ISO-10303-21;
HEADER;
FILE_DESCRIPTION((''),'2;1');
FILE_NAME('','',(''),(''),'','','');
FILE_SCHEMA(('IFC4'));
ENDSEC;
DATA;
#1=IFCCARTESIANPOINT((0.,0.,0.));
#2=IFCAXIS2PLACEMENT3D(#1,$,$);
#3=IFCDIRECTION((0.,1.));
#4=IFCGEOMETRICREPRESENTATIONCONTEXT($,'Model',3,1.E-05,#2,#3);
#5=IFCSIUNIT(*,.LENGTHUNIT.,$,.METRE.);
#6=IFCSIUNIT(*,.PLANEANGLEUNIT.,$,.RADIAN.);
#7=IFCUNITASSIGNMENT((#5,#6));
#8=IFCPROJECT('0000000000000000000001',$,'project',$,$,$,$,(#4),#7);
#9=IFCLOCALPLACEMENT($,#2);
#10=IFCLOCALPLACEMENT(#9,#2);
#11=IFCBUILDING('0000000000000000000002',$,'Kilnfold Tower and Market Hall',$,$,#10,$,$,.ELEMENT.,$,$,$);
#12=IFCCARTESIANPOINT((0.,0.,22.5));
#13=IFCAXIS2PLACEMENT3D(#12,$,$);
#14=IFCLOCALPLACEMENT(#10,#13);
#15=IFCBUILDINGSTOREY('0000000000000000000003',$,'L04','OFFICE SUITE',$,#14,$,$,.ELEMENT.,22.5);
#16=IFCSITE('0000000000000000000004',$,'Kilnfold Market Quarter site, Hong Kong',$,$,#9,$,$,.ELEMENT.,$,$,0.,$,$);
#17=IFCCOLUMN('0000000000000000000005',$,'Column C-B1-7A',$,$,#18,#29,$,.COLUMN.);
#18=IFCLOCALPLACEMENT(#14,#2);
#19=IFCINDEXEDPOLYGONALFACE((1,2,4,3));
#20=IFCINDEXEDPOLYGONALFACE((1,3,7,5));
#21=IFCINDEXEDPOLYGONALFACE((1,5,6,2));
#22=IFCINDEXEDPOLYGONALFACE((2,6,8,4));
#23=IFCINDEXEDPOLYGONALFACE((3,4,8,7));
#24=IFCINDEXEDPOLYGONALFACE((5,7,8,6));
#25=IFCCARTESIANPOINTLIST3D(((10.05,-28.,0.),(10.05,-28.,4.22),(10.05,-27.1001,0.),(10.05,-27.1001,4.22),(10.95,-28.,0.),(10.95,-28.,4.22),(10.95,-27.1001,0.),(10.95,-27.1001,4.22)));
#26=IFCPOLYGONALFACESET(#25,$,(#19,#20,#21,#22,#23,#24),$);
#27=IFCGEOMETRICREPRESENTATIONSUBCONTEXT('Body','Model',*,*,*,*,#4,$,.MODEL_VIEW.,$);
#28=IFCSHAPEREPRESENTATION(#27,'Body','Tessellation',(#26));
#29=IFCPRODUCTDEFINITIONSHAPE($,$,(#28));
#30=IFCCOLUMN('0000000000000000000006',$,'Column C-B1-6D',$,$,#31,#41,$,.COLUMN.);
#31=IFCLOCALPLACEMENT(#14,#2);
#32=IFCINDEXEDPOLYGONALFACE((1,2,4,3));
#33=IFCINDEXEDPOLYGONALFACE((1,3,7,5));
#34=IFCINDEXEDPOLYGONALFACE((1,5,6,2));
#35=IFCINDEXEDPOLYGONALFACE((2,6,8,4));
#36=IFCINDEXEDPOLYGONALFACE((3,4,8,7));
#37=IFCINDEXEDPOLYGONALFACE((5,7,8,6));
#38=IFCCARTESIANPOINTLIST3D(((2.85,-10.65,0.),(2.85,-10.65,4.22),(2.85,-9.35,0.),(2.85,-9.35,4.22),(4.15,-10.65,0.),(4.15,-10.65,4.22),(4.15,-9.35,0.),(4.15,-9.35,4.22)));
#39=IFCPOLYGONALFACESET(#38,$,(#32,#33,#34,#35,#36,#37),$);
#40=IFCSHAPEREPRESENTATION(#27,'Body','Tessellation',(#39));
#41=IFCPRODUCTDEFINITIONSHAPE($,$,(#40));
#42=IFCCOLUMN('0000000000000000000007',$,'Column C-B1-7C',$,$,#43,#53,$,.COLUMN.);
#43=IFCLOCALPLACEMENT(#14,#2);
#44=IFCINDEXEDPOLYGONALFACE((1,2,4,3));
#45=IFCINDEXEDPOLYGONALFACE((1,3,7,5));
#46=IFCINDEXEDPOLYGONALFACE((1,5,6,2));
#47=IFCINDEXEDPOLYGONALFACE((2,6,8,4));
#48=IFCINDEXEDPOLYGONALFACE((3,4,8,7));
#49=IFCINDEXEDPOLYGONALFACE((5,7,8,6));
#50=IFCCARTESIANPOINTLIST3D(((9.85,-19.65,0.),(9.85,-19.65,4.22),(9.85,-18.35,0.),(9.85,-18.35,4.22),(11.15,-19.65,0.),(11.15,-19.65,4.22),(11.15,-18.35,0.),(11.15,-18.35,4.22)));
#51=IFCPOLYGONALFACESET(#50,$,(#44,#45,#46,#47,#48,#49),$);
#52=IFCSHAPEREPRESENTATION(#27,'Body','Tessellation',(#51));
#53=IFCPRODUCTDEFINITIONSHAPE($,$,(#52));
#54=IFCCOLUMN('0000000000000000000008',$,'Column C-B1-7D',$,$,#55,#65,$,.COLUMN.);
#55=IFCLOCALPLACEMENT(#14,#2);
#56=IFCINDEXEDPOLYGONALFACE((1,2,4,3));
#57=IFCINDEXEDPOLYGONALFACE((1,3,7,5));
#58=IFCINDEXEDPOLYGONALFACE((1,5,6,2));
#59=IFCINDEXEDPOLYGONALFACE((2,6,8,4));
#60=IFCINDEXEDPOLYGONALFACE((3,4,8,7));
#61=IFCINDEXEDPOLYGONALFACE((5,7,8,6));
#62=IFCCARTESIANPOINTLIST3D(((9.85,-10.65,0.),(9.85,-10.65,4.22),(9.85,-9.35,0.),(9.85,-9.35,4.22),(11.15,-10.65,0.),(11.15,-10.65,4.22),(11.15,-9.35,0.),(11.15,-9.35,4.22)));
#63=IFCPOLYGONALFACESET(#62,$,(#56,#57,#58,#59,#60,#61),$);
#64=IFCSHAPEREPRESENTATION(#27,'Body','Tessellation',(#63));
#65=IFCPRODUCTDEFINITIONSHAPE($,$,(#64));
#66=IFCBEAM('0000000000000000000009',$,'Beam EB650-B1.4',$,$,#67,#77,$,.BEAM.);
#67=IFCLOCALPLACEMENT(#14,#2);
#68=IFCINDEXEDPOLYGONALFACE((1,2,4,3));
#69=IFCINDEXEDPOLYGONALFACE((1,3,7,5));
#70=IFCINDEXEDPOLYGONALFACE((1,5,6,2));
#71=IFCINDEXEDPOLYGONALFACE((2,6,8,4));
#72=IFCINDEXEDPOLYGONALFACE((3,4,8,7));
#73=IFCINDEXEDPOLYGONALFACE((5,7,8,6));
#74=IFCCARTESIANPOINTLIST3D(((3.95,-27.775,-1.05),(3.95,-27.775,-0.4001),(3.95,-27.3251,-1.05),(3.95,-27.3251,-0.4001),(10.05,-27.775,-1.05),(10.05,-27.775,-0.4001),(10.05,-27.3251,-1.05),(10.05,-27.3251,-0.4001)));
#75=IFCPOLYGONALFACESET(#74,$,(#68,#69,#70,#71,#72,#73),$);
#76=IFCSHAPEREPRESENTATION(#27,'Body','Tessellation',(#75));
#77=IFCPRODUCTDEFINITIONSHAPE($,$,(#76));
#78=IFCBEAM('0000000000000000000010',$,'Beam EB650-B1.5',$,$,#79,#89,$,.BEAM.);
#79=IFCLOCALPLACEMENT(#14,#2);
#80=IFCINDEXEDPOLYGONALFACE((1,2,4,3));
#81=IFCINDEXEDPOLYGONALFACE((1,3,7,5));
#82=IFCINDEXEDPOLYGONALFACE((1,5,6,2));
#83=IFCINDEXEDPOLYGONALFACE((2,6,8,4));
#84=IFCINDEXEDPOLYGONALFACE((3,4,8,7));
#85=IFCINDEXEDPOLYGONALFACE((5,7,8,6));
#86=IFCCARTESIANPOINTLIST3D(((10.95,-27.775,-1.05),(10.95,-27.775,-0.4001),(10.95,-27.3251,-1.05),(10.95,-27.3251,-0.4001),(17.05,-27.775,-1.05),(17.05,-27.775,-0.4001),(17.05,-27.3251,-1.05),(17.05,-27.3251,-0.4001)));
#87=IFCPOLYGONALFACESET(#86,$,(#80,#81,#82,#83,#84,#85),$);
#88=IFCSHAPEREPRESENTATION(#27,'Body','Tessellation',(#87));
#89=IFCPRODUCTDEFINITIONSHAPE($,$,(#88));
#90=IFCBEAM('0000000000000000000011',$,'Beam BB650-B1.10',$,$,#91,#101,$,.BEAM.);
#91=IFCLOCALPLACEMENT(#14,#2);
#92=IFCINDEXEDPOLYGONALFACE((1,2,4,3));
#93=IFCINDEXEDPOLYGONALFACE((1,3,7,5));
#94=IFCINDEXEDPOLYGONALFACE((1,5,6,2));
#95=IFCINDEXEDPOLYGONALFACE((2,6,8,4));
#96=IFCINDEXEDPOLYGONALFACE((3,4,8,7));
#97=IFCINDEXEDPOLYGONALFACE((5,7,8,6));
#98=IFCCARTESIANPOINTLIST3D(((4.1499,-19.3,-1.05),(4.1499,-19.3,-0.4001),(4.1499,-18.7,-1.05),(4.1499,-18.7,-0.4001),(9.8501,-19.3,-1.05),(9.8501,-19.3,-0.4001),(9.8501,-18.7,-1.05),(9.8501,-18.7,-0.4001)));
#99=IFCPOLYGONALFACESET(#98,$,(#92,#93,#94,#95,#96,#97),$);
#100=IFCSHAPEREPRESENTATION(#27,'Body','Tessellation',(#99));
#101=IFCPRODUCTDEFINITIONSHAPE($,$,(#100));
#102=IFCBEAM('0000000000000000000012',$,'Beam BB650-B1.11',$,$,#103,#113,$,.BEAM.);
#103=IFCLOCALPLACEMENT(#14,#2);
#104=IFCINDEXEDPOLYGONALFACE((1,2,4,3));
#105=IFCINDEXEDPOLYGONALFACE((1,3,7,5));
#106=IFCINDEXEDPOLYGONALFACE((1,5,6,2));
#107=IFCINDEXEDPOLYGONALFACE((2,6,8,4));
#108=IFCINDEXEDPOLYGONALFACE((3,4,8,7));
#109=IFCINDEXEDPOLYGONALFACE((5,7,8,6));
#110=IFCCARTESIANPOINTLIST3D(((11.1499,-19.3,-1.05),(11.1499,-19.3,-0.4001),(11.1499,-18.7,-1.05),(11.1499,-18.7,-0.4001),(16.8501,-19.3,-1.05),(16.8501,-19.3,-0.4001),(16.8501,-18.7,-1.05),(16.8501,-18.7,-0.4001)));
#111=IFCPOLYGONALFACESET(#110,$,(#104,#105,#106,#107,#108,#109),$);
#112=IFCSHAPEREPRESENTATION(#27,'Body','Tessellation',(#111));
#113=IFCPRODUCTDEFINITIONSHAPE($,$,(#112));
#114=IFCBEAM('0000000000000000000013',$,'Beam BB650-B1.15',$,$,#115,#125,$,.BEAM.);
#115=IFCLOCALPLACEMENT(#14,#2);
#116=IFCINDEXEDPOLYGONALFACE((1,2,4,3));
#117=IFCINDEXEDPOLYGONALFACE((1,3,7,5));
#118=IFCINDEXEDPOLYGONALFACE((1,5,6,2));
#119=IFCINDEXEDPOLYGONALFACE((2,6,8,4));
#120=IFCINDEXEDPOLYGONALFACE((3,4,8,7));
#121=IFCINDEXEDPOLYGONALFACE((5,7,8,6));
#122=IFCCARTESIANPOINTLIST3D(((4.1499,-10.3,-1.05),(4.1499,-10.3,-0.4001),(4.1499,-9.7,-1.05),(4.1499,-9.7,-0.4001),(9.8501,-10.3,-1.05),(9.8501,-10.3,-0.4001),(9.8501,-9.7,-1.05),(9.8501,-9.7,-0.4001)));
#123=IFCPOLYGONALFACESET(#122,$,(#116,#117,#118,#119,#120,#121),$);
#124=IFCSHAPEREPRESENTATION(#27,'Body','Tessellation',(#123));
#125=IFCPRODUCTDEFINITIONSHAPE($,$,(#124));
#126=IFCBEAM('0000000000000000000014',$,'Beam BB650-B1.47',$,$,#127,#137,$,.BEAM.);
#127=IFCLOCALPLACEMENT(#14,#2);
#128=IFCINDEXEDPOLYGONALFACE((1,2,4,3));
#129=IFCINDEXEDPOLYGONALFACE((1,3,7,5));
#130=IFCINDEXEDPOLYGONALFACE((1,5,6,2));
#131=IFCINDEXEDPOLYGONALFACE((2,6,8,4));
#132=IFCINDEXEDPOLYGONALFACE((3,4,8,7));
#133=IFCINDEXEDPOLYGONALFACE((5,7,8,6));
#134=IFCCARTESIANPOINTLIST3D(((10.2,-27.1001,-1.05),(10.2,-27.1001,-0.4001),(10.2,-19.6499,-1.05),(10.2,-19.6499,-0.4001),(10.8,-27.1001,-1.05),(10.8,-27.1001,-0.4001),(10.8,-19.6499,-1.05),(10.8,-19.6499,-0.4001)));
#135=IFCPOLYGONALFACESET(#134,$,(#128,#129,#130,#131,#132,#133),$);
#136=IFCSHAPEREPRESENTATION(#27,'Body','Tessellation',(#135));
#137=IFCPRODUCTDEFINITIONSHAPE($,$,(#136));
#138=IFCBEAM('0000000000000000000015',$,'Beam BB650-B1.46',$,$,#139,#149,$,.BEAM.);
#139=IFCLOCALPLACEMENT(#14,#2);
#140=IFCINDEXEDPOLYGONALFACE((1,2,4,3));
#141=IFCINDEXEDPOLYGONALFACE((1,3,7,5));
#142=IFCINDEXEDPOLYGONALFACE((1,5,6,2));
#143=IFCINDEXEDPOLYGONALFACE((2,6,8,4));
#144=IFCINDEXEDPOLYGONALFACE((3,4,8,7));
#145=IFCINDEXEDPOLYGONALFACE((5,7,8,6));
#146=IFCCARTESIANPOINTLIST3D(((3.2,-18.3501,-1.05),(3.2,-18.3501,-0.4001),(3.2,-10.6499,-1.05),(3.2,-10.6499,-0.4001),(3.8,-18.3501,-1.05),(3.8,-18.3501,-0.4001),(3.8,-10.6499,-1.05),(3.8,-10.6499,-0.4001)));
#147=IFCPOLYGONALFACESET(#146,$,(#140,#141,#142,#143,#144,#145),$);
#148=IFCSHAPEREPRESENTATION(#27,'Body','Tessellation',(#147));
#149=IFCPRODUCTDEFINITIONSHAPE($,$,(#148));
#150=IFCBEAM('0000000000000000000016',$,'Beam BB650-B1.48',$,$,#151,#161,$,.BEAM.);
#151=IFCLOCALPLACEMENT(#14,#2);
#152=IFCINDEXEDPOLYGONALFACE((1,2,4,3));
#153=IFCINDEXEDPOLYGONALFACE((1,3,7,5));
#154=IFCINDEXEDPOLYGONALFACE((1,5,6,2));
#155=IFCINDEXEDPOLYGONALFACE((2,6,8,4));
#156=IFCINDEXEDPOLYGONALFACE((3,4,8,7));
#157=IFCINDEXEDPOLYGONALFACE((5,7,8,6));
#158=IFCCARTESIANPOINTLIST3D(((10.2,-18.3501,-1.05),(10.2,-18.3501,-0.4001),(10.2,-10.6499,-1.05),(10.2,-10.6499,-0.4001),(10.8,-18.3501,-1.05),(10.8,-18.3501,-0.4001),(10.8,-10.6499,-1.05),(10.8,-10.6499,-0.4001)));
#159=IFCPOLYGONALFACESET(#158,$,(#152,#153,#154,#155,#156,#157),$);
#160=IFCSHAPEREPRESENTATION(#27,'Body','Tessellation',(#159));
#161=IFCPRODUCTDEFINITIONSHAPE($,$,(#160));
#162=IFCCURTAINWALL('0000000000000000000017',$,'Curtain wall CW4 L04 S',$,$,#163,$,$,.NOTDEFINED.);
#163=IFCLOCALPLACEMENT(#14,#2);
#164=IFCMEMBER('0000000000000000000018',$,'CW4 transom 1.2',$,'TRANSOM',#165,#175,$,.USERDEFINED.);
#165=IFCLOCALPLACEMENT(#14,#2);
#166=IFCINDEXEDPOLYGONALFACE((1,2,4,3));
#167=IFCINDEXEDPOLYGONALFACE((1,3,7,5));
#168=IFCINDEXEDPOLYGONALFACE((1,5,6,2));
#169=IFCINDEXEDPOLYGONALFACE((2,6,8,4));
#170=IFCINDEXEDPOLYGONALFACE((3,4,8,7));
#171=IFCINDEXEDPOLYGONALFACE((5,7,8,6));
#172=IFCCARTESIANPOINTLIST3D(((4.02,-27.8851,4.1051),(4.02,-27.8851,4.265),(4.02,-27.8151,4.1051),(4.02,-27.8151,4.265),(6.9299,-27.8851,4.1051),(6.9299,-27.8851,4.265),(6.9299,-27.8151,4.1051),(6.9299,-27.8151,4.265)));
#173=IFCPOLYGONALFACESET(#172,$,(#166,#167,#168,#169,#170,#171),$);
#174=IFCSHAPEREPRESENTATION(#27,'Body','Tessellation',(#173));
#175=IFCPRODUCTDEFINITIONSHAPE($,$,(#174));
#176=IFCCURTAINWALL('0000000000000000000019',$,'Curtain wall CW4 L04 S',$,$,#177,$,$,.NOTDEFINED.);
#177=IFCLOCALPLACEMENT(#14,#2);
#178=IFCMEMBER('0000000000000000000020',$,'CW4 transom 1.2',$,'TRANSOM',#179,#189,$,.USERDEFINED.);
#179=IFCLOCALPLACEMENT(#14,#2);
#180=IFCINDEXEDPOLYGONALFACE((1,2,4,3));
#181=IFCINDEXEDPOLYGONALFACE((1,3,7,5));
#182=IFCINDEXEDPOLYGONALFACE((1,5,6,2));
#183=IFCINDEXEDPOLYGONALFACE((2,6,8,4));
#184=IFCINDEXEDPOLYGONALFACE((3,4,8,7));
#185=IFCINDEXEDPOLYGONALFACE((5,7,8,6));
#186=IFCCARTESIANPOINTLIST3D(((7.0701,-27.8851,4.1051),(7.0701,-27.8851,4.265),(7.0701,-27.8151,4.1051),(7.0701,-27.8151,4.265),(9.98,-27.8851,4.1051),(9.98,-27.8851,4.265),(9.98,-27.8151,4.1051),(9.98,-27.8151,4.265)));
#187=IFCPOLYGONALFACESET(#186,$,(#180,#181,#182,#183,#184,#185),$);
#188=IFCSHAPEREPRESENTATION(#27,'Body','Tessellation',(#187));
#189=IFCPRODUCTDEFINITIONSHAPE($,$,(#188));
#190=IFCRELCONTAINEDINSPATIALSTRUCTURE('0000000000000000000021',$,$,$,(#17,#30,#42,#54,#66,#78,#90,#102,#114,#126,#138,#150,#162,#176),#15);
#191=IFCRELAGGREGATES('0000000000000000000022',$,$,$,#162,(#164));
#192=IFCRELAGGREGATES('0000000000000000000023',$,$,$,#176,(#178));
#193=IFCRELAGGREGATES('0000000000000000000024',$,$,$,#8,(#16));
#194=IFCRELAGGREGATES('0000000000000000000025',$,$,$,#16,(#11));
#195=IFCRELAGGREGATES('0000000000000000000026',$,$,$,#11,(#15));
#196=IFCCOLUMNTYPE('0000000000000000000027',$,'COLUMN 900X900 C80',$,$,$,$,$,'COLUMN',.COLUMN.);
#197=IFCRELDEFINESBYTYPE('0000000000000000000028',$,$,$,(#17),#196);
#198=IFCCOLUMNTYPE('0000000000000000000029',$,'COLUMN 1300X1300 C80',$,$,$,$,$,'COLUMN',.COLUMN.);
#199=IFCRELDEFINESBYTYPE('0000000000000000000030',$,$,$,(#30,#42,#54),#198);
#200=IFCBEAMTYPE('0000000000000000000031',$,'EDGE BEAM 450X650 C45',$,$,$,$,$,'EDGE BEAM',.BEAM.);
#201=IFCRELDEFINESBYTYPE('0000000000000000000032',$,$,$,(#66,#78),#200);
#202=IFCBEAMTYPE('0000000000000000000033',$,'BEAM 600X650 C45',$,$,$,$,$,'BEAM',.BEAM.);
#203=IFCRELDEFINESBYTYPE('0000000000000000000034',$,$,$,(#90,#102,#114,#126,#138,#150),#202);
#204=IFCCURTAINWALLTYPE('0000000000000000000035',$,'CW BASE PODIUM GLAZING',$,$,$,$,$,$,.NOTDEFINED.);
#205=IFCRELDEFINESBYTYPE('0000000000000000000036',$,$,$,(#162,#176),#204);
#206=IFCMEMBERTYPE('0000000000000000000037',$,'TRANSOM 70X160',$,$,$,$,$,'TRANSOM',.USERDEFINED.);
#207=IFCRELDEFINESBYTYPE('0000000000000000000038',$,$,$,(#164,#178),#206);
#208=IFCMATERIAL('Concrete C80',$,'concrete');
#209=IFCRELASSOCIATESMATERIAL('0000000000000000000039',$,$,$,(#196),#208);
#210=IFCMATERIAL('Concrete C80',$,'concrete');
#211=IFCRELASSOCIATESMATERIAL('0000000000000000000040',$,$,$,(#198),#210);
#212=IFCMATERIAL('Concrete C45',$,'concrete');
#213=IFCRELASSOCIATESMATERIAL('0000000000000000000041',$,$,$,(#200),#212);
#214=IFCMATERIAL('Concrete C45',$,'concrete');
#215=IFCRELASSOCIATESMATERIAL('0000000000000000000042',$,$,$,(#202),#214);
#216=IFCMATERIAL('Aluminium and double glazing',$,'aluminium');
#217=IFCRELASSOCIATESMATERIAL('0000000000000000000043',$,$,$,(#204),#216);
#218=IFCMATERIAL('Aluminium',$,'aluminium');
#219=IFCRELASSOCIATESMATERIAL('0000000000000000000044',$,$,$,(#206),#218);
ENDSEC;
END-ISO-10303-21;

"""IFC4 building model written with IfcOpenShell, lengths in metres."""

from ifc_helpers import new_model, si_unit, direction, frame, origin, origin_2d, place, context, subcontext, project, spatial, rectangle, extrude, source, transform, mapped, material, material_profile, profile_set, type_object, element, aggregate, save


model = new_model("IFC4")

# Units and contexts
model_context = context("Model", 3, precision=1e-05, world=origin(), true_north=direction((0.0, 1.0)))
body_context = subcontext(model_context, "Body", "Model", "MODEL_VIEW")
ifc_project = project(units=[si_unit("LENGTHUNIT", "METRE"), si_unit("PLANEANGLEUNIT", "RADIAN")], contexts=[model_context])

# Site, building, storey
site_placement = place(None, origin())
site = spatial("IfcSite", under=ifc_project, at=site_placement, Name="Kilnfold Market Quarter site, Hong Kong", CompositionType="ELEMENT", RefElevation=0.0)
building_placement = place(site_placement, origin())
building = spatial("IfcBuilding", under=site, at=building_placement, Name="Kilnfold Tower and Market Hall", CompositionType="ELEMENT")
storey_placement = place(building_placement, frame((0.0, 0.0, 22.5)))
storey = spatial("IfcBuildingStorey", under=building, at=storey_placement, Name="L04", Description="OFFICE SUITE", CompositionType="ELEMENT", Elevation=22.5)

# Columns
ifc_material_1 = material(Name="Concrete C80", Category="concrete")
ifc_material_profile_1 = material_profile(ifc_material_1, rectangle(XDim=0.8999, YDim=0.8999, at=origin_2d()), Name="RC 900x900")
ifc_profile_set_1 = profile_set([ifc_material_profile_1], Name="Concrete C80")
column_type_1 = type_object("IfcColumnType", Name="COLUMN 900X900 C80", ElementType="COLUMN", PredefinedType="COLUMN", material=ifc_profile_set_1)
shared_shape_1 = source(origin(), body_context, "Body", "SweptSolid", [
    extrude(rectangle(XDim=0.8999, YDim=0.8999, at=origin_2d()), origin(), (0.0, 0.0, 1.0), 4.22),
])
column_placement = place(storey_placement, frame((10.5, -27.55, 0.0), z_axis=(0.0, 0.0, 1.0), x_axis=(1.0, 0.0, 0.0)))
element("IfcColumn", 1, at=column_placement, inside=storey, type_object=column_type_1, Name="Column C-B1-7A", PredefinedType="COLUMN", context=body_context, shape_type="MappedRepresentation", body=[
    mapped(shared_shape_1, transform((0.0, 0.0, 0.0))),
])
ifc_material_2 = material(Name="Concrete C80", Category="concrete")
ifc_material_profile_2 = material_profile(ifc_material_2, rectangle(XDim=1.3, YDim=1.3, at=origin_2d()), Name="RC 1300x1300")
ifc_profile_set_2 = profile_set([ifc_material_profile_2], Name="Concrete C80")
column_type_2 = type_object("IfcColumnType", Name="COLUMN 1300X1300 C80", ElementType="COLUMN", PredefinedType="COLUMN", material=ifc_profile_set_2)
shared_shape_2 = source(origin(), body_context, "Body", "SweptSolid", [
    extrude(rectangle(XDim=1.3, YDim=1.3, at=origin_2d()), origin(), (0.0, 0.0, 1.0), 4.22),
])
for number, where, z_axis, x_axis, name in (
    (2, (3.5, -10.0, 0.0), (0.0, 0.0, 1.0), (1.0, 0.0, 0.0), "Column C-B1-6D"),
    (3, (10.5, -19.0, 0.0), (0.0, 0.0, 1.0), (1.0, 0.0, 0.0), "Column C-B1-7C"),
    (4, (10.5, -10.0, 0.0), (0.0, 0.0, 1.0), (1.0, 0.0, 0.0), "Column C-B1-7D"),
):
    element("IfcColumn", number, at=place(storey_placement, frame(where, z_axis=z_axis, x_axis=x_axis)), inside=storey, type_object=column_type_2, Name=name, PredefinedType="COLUMN", context=body_context, shape_type="MappedRepresentation", body=[
        mapped(shared_shape_2, transform((0.0, 0.0, 0.0))),
    ])

# Beams
ifc_material_3 = material(Name="Concrete C45", Category="concrete")
ifc_material_profile_3 = material_profile(ifc_material_3, rectangle(XDim=0.45, YDim=0.6499, at=origin_2d()), Name="RC 450x650")
ifc_profile_set_3 = profile_set([ifc_material_profile_3], Name="Concrete C45")
beam_type_1 = type_object("IfcBeamType", Name="EDGE BEAM 450X650 C45", ElementType="EDGE BEAM", PredefinedType="BEAM", material=ifc_profile_set_3)
shared_shape_3 = source(origin(), body_context, "Body", "SweptSolid", [
    extrude(rectangle(XDim=0.45, YDim=0.6499, at=origin_2d()), origin(), (0.0, 0.0, 1.0), 6.1001),
])
for number, where, z_axis, x_axis, name in (
    (5, (3.95, -27.55, -0.7251), (1.0, 0.0, 0.0), (0.0, 1.0, 0.0), "Beam EB650-B1.4"),
    (6, (10.95, -27.55, -0.7251), (1.0, 0.0, 0.0), (0.0, 1.0, 0.0), "Beam EB650-B1.5"),
):
    element("IfcBeam", number, at=place(storey_placement, frame(where, z_axis=z_axis, x_axis=x_axis)), inside=storey, type_object=beam_type_1, Name=name, PredefinedType="BEAM", context=body_context, shape_type="MappedRepresentation", body=[
        mapped(shared_shape_3, transform((0.0, 0.0, 0.0))),
    ])
ifc_material_4 = material(Name="Concrete C45", Category="concrete")
ifc_material_profile_4 = material_profile(ifc_material_4, rectangle(XDim=0.6001, YDim=0.6499, at=origin_2d()), Name="RC 600x650")
ifc_profile_set_4 = profile_set([ifc_material_profile_4], Name="Concrete C45")
beam_type_2 = type_object("IfcBeamType", Name="BEAM 600X650 C45", ElementType="BEAM", PredefinedType="BEAM", material=ifc_profile_set_4)
shared_shape_4 = source(origin(), body_context, "Body", "SweptSolid", [
    extrude(rectangle(XDim=0.6001, YDim=0.6499, at=origin_2d()), origin(), (0.0, 0.0, 1.0), 5.7002),
])
for number, where, z_axis, x_axis, name in (
    (7, (4.1499, -19.0, -0.7251), (1.0, 0.0, 0.0), (0.0, 1.0, 0.0), "Beam BB650-B1.10"),
    (8, (11.1499, -19.0, -0.7251), (1.0, 0.0, 0.0), (0.0, 1.0, 0.0), "Beam BB650-B1.11"),
    (9, (4.1499, -10.0, -0.7251), (1.0, 0.0, 0.0), (0.0, 1.0, 0.0), "Beam BB650-B1.15"),
):
    element("IfcBeam", number, at=place(storey_placement, frame(where, z_axis=z_axis, x_axis=x_axis)), inside=storey, type_object=beam_type_2, Name=name, PredefinedType="BEAM", context=body_context, shape_type="MappedRepresentation", body=[
        mapped(shared_shape_4, transform((0.0, 0.0, 0.0))),
    ])
shared_shape_5 = source(origin(), body_context, "Body", "SweptSolid", [
    extrude(rectangle(XDim=0.6001, YDim=0.6499, at=origin_2d()), origin(), (0.0, 0.0, 1.0), 7.4502),
])
beam_placement = place(storey_placement, frame((10.5, -27.1001, -0.7251), z_axis=(0.0, 1.0, 0.0), x_axis=(-1.0, 0.0, 0.0)))
element("IfcBeam", 10, at=beam_placement, inside=storey, type_object=beam_type_2, Name="Beam BB650-B1.47", PredefinedType="BEAM", context=body_context, shape_type="MappedRepresentation", body=[
    mapped(shared_shape_5, transform((0.0, 0.0, 0.0))),
])
shared_shape_6 = source(origin(), body_context, "Body", "SweptSolid", [
    extrude(rectangle(XDim=0.6001, YDim=0.6499, at=origin_2d()), origin(), (0.0, 0.0, 1.0), 7.7002),
])
for number, where, z_axis, x_axis, name in (
    (11, (3.5, -18.3501, -0.7251), (0.0, 1.0, 0.0), (-1.0, 0.0, 0.0), "Beam BB650-B1.46"),
    (12, (10.5, -18.3501, -0.7251), (0.0, 1.0, 0.0), (-1.0, 0.0, 0.0), "Beam BB650-B1.48"),
):
    element("IfcBeam", number, at=place(storey_placement, frame(where, z_axis=z_axis, x_axis=x_axis)), inside=storey, type_object=beam_type_2, Name=name, PredefinedType="BEAM", context=body_context, shape_type="MappedRepresentation", body=[
        mapped(shared_shape_6, transform((0.0, 0.0, 0.0))),
    ])

# Curtain walls, members
ifc_material_5 = material(Name="Aluminium and double glazing", Category="aluminium")
curtain_wall_type = type_object("IfcCurtainWallType", Name="CW BASE PODIUM GLAZING", PredefinedType="NOTDEFINED", material=ifc_material_5)
curtain_wall_1_placement = place(storey_placement, origin())
curtain_wall_1 = element("IfcCurtainWall", 13, at=curtain_wall_1_placement, inside=storey, type_object=curtain_wall_type, Name="Curtain wall CW4 L04 S", PredefinedType="NOTDEFINED")
ifc_material_6 = material(Name="Aluminium", Category="aluminium")
ifc_material_profile_5 = material_profile(ifc_material_6, rectangle(XDim=0.0701, YDim=0.1599, at=origin_2d()), Name="TRANSOM 70x160")
ifc_profile_set_5 = profile_set([ifc_material_profile_5], Name="Aluminium")
member_type_1 = type_object("IfcMemberType", Name="TRANSOM 70X160", ElementType="TRANSOM", PredefinedType="USERDEFINED", material=ifc_profile_set_5)
shared_shape_7 = source(origin(), body_context, "Body", "SweptSolid", [
    extrude(rectangle(XDim=0.0701, YDim=0.1599, at=origin_2d()), origin(), (0.0, 0.0, 1.0), 2.9099),
])
member_1_placement = place(storey_placement, frame((4.02, -27.8501, 4.1851), z_axis=(1.0, 0.0, 0.0), x_axis=(0.0, 1.0, 0.0)))
member_1 = element("IfcMember", 14, at=member_1_placement, type_object=member_type_1, Name="CW4 transom 1.2", ObjectType="TRANSOM", PredefinedType="USERDEFINED", context=body_context, shape_type="MappedRepresentation", body=[
    mapped(shared_shape_7, transform((0.0, 0.0, 0.0))),
])
curtain_wall_2_placement = place(storey_placement, origin())
curtain_wall_2 = element("IfcCurtainWall", 15, at=curtain_wall_2_placement, inside=storey, type_object=curtain_wall_type, Name="Curtain wall CW4 L04 S", PredefinedType="NOTDEFINED")
member_2_placement = place(storey_placement, frame((7.0701, -27.8501, 4.1851), z_axis=(1.0, 0.0, 0.0), x_axis=(0.0, 1.0, 0.0)))
member_2 = element("IfcMember", 16, at=member_2_placement, type_object=member_type_1, Name="CW4 transom 1.2", ObjectType="TRANSOM", PredefinedType="USERDEFINED", context=body_context, shape_type="MappedRepresentation", body=[
    mapped(shared_shape_7, transform((0.0, 0.0, 0.0))),
])

aggregate(curtain_wall_1, [member_1])
aggregate(curtain_wall_2, [member_2])

save(model, "model.ifc")
